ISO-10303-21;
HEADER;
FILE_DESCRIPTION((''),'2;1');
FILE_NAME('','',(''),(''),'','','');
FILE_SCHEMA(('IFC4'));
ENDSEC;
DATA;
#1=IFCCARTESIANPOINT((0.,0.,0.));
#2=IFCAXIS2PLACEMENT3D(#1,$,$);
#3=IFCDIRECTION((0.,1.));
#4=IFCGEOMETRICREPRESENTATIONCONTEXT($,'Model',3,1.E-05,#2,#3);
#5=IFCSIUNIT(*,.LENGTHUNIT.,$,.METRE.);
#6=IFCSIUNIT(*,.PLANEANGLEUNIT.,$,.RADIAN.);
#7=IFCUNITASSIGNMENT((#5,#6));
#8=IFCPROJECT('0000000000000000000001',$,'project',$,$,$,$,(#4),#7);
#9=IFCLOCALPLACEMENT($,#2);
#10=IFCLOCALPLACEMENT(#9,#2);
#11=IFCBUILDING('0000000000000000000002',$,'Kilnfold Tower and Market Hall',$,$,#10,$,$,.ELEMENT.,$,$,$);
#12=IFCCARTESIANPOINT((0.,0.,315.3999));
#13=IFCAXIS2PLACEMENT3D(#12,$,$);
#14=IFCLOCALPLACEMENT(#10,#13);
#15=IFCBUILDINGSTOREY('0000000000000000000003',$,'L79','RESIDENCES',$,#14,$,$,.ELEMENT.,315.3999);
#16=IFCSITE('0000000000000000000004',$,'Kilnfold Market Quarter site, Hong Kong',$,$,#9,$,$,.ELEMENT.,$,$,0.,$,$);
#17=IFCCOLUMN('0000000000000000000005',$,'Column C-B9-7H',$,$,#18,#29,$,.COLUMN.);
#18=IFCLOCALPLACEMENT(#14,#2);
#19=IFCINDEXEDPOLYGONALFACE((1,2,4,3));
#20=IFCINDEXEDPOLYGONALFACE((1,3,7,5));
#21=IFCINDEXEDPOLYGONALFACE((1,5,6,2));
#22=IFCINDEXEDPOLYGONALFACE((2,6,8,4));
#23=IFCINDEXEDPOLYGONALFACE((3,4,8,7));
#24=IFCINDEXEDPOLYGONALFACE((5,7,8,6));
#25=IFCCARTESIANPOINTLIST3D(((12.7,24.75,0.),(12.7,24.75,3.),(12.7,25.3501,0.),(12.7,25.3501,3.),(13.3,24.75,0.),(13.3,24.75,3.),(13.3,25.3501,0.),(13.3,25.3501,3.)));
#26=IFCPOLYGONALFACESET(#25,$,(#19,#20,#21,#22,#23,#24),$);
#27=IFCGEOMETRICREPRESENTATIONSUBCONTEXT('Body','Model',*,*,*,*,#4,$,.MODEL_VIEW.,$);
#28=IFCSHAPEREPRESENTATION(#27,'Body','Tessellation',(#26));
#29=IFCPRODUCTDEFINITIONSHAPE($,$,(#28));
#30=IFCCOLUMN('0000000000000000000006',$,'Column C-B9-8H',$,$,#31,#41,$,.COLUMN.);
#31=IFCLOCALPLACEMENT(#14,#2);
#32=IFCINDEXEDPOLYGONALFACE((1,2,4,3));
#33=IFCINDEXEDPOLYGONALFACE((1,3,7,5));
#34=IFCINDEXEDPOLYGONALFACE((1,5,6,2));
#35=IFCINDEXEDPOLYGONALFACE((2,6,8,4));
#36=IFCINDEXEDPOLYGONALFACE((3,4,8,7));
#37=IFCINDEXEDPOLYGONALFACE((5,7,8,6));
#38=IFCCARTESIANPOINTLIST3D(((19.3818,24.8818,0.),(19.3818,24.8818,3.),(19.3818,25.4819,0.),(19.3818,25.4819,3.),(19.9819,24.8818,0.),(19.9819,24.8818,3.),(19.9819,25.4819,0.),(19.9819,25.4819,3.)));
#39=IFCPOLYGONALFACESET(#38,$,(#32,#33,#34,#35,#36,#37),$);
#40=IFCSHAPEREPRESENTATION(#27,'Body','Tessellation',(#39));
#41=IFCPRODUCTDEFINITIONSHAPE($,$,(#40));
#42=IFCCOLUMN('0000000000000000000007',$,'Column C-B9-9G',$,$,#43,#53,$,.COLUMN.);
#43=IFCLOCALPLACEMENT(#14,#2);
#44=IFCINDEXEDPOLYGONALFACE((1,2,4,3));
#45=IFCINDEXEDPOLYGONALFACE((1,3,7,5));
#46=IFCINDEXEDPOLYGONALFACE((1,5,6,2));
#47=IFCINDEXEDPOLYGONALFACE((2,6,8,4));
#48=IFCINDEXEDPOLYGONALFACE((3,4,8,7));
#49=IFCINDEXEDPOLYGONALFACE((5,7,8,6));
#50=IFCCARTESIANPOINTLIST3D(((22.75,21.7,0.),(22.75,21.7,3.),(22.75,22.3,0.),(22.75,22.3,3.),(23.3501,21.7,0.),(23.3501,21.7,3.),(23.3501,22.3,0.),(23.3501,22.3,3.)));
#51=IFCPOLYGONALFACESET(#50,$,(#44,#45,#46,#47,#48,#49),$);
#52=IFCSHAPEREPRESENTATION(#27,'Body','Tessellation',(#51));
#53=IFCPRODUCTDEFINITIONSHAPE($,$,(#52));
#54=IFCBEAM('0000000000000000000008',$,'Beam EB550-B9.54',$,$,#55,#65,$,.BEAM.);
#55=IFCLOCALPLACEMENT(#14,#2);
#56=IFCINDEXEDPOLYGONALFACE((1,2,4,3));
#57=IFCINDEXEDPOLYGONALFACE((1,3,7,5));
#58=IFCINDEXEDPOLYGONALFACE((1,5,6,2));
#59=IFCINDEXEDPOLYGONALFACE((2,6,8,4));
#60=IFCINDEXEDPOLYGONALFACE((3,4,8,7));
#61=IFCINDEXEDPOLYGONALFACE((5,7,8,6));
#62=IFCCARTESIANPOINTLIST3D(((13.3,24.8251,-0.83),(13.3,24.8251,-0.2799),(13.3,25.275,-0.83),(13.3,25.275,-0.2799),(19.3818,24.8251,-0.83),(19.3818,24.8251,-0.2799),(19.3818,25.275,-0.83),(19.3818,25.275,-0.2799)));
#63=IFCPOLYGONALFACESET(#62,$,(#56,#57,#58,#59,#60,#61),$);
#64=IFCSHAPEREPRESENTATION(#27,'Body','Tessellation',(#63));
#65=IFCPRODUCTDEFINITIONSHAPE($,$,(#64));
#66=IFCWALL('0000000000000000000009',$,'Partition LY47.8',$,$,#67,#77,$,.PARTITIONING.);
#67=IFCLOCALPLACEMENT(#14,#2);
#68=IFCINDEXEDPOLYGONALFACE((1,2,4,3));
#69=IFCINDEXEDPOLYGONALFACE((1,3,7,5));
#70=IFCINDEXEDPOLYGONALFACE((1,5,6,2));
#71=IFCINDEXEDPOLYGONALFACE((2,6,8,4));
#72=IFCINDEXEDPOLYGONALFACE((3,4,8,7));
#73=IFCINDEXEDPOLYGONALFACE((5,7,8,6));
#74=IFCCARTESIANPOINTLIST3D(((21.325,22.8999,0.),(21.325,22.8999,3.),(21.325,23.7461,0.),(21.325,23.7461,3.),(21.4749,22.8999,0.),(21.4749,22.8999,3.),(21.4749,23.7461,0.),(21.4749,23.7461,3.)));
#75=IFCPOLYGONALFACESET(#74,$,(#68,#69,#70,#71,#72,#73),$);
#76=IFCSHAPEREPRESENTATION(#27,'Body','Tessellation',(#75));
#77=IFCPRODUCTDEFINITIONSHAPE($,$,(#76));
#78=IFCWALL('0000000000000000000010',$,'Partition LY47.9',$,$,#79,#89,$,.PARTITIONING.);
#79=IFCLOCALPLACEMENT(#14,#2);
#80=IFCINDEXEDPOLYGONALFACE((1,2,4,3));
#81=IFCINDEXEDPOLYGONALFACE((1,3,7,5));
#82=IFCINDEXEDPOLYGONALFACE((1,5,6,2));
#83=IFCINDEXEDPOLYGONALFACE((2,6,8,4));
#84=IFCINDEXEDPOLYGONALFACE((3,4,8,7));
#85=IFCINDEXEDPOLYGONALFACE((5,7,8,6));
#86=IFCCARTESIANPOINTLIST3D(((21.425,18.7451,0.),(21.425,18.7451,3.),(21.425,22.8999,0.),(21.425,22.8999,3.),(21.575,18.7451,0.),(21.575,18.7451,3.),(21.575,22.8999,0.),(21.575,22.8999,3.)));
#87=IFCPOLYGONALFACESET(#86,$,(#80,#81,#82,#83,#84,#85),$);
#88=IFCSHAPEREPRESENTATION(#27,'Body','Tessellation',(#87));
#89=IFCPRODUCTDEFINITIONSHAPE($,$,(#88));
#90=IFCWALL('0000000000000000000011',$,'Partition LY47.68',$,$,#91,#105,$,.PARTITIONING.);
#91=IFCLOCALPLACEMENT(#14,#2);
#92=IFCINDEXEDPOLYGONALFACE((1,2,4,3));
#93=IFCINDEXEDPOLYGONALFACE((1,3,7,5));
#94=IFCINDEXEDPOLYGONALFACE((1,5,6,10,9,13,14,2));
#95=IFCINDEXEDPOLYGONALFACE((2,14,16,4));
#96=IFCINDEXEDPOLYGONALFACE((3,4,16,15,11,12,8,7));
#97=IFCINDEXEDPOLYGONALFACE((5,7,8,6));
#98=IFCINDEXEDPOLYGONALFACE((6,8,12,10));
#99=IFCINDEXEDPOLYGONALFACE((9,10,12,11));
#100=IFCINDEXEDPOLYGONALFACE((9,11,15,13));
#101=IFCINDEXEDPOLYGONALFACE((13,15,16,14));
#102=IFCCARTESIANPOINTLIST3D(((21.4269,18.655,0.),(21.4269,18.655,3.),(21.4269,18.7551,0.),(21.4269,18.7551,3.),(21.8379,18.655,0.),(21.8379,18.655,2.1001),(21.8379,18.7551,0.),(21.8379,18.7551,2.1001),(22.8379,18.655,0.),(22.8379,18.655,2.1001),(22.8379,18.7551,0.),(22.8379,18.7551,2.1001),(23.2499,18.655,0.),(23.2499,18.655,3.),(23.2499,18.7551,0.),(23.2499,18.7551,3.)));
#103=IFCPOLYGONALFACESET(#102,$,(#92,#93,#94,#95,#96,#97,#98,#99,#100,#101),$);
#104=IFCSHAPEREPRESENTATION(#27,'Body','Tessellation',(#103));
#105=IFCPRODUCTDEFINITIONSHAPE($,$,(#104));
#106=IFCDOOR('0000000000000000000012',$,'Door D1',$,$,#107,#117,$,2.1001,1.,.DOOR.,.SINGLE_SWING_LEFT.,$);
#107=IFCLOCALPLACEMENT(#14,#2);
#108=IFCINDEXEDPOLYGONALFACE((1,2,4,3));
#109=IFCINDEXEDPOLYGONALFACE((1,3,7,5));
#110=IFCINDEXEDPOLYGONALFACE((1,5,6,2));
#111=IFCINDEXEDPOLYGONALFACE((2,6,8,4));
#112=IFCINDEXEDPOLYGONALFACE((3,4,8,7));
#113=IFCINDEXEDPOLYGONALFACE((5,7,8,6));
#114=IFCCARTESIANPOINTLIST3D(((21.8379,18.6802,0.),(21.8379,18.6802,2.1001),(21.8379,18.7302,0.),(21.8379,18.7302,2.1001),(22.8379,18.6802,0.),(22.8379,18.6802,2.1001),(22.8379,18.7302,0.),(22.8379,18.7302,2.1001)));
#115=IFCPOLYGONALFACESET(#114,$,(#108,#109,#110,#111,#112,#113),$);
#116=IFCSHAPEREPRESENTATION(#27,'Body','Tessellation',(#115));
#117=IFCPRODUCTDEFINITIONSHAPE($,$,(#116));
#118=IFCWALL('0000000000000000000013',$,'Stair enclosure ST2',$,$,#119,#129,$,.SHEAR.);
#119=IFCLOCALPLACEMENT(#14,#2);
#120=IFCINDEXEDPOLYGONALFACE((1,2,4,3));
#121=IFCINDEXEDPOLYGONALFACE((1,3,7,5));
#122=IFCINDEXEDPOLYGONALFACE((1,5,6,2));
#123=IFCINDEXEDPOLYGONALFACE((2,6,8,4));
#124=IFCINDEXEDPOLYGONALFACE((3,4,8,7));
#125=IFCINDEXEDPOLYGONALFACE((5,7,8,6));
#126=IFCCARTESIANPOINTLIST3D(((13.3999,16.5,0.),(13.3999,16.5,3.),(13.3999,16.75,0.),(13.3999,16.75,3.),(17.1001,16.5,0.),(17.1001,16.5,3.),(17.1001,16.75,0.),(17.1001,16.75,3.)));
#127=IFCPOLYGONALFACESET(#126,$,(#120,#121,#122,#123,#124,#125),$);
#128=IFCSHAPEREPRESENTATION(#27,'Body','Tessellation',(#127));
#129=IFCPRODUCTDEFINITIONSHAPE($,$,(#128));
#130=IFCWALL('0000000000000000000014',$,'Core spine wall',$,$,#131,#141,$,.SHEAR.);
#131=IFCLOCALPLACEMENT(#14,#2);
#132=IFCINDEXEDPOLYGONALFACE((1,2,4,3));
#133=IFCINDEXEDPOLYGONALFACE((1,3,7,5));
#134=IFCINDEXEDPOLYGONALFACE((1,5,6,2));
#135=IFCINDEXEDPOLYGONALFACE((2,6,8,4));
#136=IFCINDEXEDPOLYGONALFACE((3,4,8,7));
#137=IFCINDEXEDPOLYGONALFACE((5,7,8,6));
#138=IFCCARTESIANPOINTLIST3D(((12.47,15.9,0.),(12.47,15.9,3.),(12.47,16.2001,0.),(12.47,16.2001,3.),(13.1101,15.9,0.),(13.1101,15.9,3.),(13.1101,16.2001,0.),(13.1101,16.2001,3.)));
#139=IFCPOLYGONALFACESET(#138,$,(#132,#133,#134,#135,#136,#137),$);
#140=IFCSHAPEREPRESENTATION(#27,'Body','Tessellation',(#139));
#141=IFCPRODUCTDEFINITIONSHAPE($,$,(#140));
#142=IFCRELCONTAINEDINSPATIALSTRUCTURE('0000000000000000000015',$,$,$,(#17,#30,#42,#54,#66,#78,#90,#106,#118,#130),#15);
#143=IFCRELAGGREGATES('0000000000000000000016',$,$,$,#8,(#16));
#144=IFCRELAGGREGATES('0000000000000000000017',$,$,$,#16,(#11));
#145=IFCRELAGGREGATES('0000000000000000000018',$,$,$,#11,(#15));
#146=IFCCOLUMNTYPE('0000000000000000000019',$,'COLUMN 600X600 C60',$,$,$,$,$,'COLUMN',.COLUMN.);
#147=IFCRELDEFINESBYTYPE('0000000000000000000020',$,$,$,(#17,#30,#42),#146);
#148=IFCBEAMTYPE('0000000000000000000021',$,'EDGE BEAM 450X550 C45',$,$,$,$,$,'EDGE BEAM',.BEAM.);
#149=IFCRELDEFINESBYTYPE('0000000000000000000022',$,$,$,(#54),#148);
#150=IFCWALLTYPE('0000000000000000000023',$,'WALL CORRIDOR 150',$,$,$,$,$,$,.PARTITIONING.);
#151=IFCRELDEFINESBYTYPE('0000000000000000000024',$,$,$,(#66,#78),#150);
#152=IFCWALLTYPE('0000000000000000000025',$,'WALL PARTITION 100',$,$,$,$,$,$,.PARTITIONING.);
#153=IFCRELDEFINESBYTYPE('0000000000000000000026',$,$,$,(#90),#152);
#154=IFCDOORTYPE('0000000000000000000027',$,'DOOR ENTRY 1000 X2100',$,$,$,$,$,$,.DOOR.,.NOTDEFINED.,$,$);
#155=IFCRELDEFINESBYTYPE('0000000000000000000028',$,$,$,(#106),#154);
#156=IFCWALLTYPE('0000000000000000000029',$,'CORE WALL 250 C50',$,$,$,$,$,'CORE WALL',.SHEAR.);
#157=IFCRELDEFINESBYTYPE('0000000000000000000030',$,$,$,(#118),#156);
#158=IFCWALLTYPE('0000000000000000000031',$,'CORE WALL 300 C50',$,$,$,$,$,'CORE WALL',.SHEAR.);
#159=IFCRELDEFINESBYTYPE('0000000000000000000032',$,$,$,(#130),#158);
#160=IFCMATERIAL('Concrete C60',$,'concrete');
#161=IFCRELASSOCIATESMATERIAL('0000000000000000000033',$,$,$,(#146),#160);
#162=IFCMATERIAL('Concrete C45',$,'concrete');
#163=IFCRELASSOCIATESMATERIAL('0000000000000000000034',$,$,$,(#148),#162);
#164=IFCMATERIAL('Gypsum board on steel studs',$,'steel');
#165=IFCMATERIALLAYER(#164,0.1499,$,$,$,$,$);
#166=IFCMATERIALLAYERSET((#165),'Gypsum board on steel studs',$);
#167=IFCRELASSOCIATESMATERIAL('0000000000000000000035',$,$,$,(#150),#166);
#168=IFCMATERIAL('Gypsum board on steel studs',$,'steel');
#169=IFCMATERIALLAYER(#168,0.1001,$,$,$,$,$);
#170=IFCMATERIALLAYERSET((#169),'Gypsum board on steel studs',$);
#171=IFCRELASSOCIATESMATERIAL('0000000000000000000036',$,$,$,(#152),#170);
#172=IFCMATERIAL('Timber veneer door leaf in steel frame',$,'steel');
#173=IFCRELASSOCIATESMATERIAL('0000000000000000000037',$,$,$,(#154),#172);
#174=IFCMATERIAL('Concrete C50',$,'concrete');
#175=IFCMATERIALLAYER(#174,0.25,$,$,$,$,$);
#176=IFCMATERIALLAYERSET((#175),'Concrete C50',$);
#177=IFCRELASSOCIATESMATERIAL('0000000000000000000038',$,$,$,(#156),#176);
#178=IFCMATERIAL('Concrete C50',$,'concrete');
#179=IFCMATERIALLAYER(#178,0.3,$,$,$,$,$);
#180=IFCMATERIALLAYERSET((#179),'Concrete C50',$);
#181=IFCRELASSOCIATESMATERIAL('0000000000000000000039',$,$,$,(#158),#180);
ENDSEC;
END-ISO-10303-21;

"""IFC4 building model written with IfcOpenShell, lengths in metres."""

from ifc_helpers import new_model, si_unit, direction, frame, frame_2d, origin, origin_2d, place, context, subcontext, project, spatial, rectangle, extrude, source, transform, mapped, material, layer, layer_set, material_profile, profile_set, type_object, element, fill, save


model = new_model("IFC4")

# Units and contexts
model_context = context("Model", 3, precision=1e-05, world=origin(), true_north=direction((0.0, 1.0)))
body_context = subcontext(model_context, "Body", "Model", "MODEL_VIEW")
ifc_project = project(units=[si_unit("LENGTHUNIT", "METRE"), si_unit("PLANEANGLEUNIT", "RADIAN")], contexts=[model_context])

# Site, building, storey
site_placement = place(None, origin())
site = spatial("IfcSite", under=ifc_project, at=site_placement, Name="Kilnfold Market Quarter site, Hong Kong", CompositionType="ELEMENT", RefElevation=0.0)
building_placement = place(site_placement, origin())
building = spatial("IfcBuilding", under=site, at=building_placement, Name="Kilnfold Tower and Market Hall", CompositionType="ELEMENT")
storey_placement = place(building_placement, frame((0.0, 0.0, 315.3999)))
storey = spatial("IfcBuildingStorey", under=building, at=storey_placement, Name="L79", Description="RESIDENCES", CompositionType="ELEMENT", Elevation=315.3999)

# Columns
ifc_material_1 = material(Name="Concrete C60", Category="concrete")
ifc_material_profile_1 = material_profile(ifc_material_1, rectangle(XDim=0.6001, YDim=0.6001, at=origin_2d()), Name="RC 600x600")
ifc_profile_set_1 = profile_set([ifc_material_profile_1], Name="Concrete C60")
column_type = type_object("IfcColumnType", Name="COLUMN 600X600 C60", ElementType="COLUMN", PredefinedType="COLUMN", material=ifc_profile_set_1)
shared_shape_1 = source(origin(), body_context, "Body", "SweptSolid", [
    extrude(rectangle(XDim=0.6001, YDim=0.6001, at=origin_2d()), origin(), (0.0, 0.0, 1.0), 3.0),
])
for number, where, z_axis, x_axis, name in (
    (1, (13.0, 25.05, 0.0), (0.0, 0.0, 1.0), (1.0, 0.0, 0.0), "Column C-B9-7H"),
    (2, (19.6819, 25.1819, 0.0), (0.0, 0.0, 1.0), (1.0, 0.0, 0.0), "Column C-B9-8H"),
    (3, (23.05, 22.0, 0.0), (0.0, 0.0, 1.0), (1.0, 0.0, 0.0), "Column C-B9-9G"),
):
    element("IfcColumn", number, at=place(storey_placement, frame(where, z_axis=z_axis, x_axis=x_axis)), inside=storey, type_object=column_type, Name=name, PredefinedType="COLUMN", context=body_context, shape_type="MappedRepresentation", body=[
        mapped(shared_shape_1, transform((0.0, 0.0, 0.0))),
    ])

# Beam
ifc_material_2 = material(Name="Concrete C45", Category="concrete")
ifc_material_profile_2 = material_profile(ifc_material_2, rectangle(XDim=0.45, YDim=0.55, at=origin_2d()), Name="RC 450x550")
ifc_profile_set_2 = profile_set([ifc_material_profile_2], Name="Concrete C45")
beam_type = type_object("IfcBeamType", Name="EDGE BEAM 450X550 C45", ElementType="EDGE BEAM", PredefinedType="BEAM", material=ifc_profile_set_2)
shared_shape_2 = source(origin(), body_context, "Body", "SweptSolid", [
    extrude(rectangle(XDim=0.45, YDim=0.55, at=origin_2d()), origin(), (0.0, 0.0, 1.0), 6.0818),
])
beam_placement = place(storey_placement, frame((13.3, 25.05, -0.5549), z_axis=(1.0, 0.0, 0.0), x_axis=(0.0, 1.0, 0.0)))
element("IfcBeam", 4, at=beam_placement, inside=storey, type_object=beam_type, Name="Beam EB550-B9.54", PredefinedType="BEAM", context=body_context, shape_type="MappedRepresentation", body=[
    mapped(shared_shape_2, transform((0.0, 0.0, 0.0))),
])

# Walls
ifc_material_3 = material(Name="Gypsum board on steel studs", Category="steel")
ifc_layer_1 = layer(ifc_material_3, 0.1499)
ifc_layer_set_1 = layer_set([ifc_layer_1], Name="Gypsum board on steel studs")
wall_type_1 = type_object("IfcWallType", Name="WALL CORRIDOR 150", PredefinedType="PARTITIONING", material=ifc_layer_set_1)
wall_1_placement = place(storey_placement, frame((21.3999, 22.8999, 0.0), z_axis=(0.0, 0.0, 1.0), x_axis=(0.0, 1.0, 0.0)))
element("IfcWall", 5, at=wall_1_placement, inside=storey, type_object=wall_type_1, Name="Partition LY47.8", PredefinedType="PARTITIONING", context=body_context, shape_type="SweptSolid", body=[
    extrude(rectangle(XDim=0.8462, YDim=0.1499, at=frame_2d((0.4231, 0.0))), origin(), (0.0, 0.0, 1.0), 3.0),
])
wall_2_placement = place(storey_placement, frame((21.5, 18.7451, 0.0), z_axis=(0.0, 0.0, 1.0), x_axis=(0.0, 1.0, 0.0)))
element("IfcWall", 6, at=wall_2_placement, inside=storey, type_object=wall_type_1, Name="Partition LY47.9", PredefinedType="PARTITIONING", context=body_context, shape_type="SweptSolid", body=[
    extrude(rectangle(XDim=4.1548, YDim=0.1499, at=frame_2d((2.0774, 0.0))), origin(), (0.0, 0.0, 1.0), 3.0),
])

# Wall, opening, door
ifc_material_4 = material(Name="Gypsum board on steel studs", Category="steel")
ifc_layer_2 = layer(ifc_material_4, 0.1001)
ifc_layer_set_2 = layer_set([ifc_layer_2], Name="Gypsum board on steel studs")
wall_type_2 = type_object("IfcWallType", Name="WALL PARTITION 100", PredefinedType="PARTITIONING", material=ifc_layer_set_2)
wall_3_placement = place(storey_placement, frame((23.25, 18.7051, 0.0), z_axis=(0.0, 0.0, 1.0), x_axis=(-1.0, 0.0, 0.0)))
wall_3 = element("IfcWall", 7, at=wall_3_placement, inside=storey, type_object=wall_type_2, Name="Partition LY47.68", PredefinedType="PARTITIONING", context=body_context, shape_type="SweptSolid", body=[
    extrude(rectangle(XDim=1.823, YDim=0.1001, at=frame_2d((0.9116, 0.0))), origin(), (0.0, 0.0, 1.0), 3.0),
])
opening_1_placement = place(wall_3_placement, frame((0.4121, 0.0, 0.0)))
opening_1 = element("IfcOpeningElement", 8, at=opening_1_placement, cuts=wall_3, PredefinedType="OPENING", context=body_context, shape_type="SweptSolid", body=[
    extrude(rectangle(XDim=1.0, YDim=2.1001, at=frame_2d((0.5, 1.05))), frame((0.0, 0.0601, 0.0), z_axis=(0.0, -1.0, 0.0), x_axis=(1.0, 0.0, 0.0)), (0.0, 0.0, 1.0), 0.1201),
])
ifc_material_5 = material(Name="Timber veneer door leaf in steel frame", Category="steel")
door_type_1 = type_object("IfcDoorType", Name="DOOR ENTRY 1000 X2100", OperationType="NOTDEFINED", PredefinedType="DOOR", material=ifc_material_5)
door_1_placement = place(opening_1_placement, origin())
door_1 = element("IfcDoor", 9, at=door_1_placement, inside=storey, type_object=door_type_1, Name="Door D1", OperationType="SINGLE_SWING_LEFT", OverallHeight=2.1001, OverallWidth=1.0, PredefinedType="DOOR", context=body_context, shape_type="SweptSolid", body=[
    extrude(rectangle(XDim=1.0, YDim=2.1001, at=frame_2d((0.5, 1.05))), frame((0.0, 0.0249, 0.0), z_axis=(0.0, -1.0, 0.0), x_axis=(1.0, 0.0, 0.0)), (0.0, 0.0, 1.0), 0.05),
])
fill(opening_1, door_1)

# Walls
ifc_material_6 = material(Name="Concrete C50", Category="concrete")
ifc_layer_3 = layer(ifc_material_6, 0.25)
ifc_layer_set_3 = layer_set([ifc_layer_3], Name="Concrete C50")
wall_type_3 = type_object("IfcWallType", Name="CORE WALL 250 C50", ElementType="CORE WALL", PredefinedType="SHEAR", material=ifc_layer_set_3)
shared_shape_3 = source(origin(), body_context, "Body", "SweptSolid", [
    extrude(rectangle(XDim=3.7002, YDim=0.25, at=frame_2d((1.8501, 0.0))), origin(), (0.0, 0.0, 1.0), 3.0),
])
wall_4_placement = place(storey_placement, frame((13.3999, 16.625, 0.0), z_axis=(0.0, 0.0, 1.0), x_axis=(1.0, 0.0, 0.0)))
element("IfcWall", 10, at=wall_4_placement, inside=storey, type_object=wall_type_3, Name="Stair enclosure ST2", PredefinedType="SHEAR", context=body_context, shape_type="MappedRepresentation", body=[
    mapped(shared_shape_3, transform((0.0, 0.0, 0.0))),
])
ifc_material_7 = material(Name="Concrete C50", Category="concrete")
ifc_layer_4 = layer(ifc_material_7, 0.3)
ifc_layer_set_4 = layer_set([ifc_layer_4], Name="Concrete C50")
wall_type_4 = type_object("IfcWallType", Name="CORE WALL 300 C50", ElementType="CORE WALL", PredefinedType="SHEAR", material=ifc_layer_set_4)
shared_shape_4 = source(origin(), body_context, "Body", "SweptSolid", [
    extrude(rectangle(XDim=0.6401, YDim=0.3, at=frame_2d((0.3201, 0.0))), origin(), (0.0, 0.0, 1.0), 3.0),
])
wall_5_placement = place(storey_placement, frame((12.47, 16.05, 0.0), z_axis=(0.0, 0.0, 1.0), x_axis=(1.0, 0.0, 0.0)))
element("IfcWall", 11, at=wall_5_placement, inside=storey, type_object=wall_type_4, Name="Core spine wall", PredefinedType="SHEAR", context=body_context, shape_type="MappedRepresentation", body=[
    mapped(shared_shape_4, transform((0.0, 0.0, 0.0))),
])

save(model, "model.ifc")
